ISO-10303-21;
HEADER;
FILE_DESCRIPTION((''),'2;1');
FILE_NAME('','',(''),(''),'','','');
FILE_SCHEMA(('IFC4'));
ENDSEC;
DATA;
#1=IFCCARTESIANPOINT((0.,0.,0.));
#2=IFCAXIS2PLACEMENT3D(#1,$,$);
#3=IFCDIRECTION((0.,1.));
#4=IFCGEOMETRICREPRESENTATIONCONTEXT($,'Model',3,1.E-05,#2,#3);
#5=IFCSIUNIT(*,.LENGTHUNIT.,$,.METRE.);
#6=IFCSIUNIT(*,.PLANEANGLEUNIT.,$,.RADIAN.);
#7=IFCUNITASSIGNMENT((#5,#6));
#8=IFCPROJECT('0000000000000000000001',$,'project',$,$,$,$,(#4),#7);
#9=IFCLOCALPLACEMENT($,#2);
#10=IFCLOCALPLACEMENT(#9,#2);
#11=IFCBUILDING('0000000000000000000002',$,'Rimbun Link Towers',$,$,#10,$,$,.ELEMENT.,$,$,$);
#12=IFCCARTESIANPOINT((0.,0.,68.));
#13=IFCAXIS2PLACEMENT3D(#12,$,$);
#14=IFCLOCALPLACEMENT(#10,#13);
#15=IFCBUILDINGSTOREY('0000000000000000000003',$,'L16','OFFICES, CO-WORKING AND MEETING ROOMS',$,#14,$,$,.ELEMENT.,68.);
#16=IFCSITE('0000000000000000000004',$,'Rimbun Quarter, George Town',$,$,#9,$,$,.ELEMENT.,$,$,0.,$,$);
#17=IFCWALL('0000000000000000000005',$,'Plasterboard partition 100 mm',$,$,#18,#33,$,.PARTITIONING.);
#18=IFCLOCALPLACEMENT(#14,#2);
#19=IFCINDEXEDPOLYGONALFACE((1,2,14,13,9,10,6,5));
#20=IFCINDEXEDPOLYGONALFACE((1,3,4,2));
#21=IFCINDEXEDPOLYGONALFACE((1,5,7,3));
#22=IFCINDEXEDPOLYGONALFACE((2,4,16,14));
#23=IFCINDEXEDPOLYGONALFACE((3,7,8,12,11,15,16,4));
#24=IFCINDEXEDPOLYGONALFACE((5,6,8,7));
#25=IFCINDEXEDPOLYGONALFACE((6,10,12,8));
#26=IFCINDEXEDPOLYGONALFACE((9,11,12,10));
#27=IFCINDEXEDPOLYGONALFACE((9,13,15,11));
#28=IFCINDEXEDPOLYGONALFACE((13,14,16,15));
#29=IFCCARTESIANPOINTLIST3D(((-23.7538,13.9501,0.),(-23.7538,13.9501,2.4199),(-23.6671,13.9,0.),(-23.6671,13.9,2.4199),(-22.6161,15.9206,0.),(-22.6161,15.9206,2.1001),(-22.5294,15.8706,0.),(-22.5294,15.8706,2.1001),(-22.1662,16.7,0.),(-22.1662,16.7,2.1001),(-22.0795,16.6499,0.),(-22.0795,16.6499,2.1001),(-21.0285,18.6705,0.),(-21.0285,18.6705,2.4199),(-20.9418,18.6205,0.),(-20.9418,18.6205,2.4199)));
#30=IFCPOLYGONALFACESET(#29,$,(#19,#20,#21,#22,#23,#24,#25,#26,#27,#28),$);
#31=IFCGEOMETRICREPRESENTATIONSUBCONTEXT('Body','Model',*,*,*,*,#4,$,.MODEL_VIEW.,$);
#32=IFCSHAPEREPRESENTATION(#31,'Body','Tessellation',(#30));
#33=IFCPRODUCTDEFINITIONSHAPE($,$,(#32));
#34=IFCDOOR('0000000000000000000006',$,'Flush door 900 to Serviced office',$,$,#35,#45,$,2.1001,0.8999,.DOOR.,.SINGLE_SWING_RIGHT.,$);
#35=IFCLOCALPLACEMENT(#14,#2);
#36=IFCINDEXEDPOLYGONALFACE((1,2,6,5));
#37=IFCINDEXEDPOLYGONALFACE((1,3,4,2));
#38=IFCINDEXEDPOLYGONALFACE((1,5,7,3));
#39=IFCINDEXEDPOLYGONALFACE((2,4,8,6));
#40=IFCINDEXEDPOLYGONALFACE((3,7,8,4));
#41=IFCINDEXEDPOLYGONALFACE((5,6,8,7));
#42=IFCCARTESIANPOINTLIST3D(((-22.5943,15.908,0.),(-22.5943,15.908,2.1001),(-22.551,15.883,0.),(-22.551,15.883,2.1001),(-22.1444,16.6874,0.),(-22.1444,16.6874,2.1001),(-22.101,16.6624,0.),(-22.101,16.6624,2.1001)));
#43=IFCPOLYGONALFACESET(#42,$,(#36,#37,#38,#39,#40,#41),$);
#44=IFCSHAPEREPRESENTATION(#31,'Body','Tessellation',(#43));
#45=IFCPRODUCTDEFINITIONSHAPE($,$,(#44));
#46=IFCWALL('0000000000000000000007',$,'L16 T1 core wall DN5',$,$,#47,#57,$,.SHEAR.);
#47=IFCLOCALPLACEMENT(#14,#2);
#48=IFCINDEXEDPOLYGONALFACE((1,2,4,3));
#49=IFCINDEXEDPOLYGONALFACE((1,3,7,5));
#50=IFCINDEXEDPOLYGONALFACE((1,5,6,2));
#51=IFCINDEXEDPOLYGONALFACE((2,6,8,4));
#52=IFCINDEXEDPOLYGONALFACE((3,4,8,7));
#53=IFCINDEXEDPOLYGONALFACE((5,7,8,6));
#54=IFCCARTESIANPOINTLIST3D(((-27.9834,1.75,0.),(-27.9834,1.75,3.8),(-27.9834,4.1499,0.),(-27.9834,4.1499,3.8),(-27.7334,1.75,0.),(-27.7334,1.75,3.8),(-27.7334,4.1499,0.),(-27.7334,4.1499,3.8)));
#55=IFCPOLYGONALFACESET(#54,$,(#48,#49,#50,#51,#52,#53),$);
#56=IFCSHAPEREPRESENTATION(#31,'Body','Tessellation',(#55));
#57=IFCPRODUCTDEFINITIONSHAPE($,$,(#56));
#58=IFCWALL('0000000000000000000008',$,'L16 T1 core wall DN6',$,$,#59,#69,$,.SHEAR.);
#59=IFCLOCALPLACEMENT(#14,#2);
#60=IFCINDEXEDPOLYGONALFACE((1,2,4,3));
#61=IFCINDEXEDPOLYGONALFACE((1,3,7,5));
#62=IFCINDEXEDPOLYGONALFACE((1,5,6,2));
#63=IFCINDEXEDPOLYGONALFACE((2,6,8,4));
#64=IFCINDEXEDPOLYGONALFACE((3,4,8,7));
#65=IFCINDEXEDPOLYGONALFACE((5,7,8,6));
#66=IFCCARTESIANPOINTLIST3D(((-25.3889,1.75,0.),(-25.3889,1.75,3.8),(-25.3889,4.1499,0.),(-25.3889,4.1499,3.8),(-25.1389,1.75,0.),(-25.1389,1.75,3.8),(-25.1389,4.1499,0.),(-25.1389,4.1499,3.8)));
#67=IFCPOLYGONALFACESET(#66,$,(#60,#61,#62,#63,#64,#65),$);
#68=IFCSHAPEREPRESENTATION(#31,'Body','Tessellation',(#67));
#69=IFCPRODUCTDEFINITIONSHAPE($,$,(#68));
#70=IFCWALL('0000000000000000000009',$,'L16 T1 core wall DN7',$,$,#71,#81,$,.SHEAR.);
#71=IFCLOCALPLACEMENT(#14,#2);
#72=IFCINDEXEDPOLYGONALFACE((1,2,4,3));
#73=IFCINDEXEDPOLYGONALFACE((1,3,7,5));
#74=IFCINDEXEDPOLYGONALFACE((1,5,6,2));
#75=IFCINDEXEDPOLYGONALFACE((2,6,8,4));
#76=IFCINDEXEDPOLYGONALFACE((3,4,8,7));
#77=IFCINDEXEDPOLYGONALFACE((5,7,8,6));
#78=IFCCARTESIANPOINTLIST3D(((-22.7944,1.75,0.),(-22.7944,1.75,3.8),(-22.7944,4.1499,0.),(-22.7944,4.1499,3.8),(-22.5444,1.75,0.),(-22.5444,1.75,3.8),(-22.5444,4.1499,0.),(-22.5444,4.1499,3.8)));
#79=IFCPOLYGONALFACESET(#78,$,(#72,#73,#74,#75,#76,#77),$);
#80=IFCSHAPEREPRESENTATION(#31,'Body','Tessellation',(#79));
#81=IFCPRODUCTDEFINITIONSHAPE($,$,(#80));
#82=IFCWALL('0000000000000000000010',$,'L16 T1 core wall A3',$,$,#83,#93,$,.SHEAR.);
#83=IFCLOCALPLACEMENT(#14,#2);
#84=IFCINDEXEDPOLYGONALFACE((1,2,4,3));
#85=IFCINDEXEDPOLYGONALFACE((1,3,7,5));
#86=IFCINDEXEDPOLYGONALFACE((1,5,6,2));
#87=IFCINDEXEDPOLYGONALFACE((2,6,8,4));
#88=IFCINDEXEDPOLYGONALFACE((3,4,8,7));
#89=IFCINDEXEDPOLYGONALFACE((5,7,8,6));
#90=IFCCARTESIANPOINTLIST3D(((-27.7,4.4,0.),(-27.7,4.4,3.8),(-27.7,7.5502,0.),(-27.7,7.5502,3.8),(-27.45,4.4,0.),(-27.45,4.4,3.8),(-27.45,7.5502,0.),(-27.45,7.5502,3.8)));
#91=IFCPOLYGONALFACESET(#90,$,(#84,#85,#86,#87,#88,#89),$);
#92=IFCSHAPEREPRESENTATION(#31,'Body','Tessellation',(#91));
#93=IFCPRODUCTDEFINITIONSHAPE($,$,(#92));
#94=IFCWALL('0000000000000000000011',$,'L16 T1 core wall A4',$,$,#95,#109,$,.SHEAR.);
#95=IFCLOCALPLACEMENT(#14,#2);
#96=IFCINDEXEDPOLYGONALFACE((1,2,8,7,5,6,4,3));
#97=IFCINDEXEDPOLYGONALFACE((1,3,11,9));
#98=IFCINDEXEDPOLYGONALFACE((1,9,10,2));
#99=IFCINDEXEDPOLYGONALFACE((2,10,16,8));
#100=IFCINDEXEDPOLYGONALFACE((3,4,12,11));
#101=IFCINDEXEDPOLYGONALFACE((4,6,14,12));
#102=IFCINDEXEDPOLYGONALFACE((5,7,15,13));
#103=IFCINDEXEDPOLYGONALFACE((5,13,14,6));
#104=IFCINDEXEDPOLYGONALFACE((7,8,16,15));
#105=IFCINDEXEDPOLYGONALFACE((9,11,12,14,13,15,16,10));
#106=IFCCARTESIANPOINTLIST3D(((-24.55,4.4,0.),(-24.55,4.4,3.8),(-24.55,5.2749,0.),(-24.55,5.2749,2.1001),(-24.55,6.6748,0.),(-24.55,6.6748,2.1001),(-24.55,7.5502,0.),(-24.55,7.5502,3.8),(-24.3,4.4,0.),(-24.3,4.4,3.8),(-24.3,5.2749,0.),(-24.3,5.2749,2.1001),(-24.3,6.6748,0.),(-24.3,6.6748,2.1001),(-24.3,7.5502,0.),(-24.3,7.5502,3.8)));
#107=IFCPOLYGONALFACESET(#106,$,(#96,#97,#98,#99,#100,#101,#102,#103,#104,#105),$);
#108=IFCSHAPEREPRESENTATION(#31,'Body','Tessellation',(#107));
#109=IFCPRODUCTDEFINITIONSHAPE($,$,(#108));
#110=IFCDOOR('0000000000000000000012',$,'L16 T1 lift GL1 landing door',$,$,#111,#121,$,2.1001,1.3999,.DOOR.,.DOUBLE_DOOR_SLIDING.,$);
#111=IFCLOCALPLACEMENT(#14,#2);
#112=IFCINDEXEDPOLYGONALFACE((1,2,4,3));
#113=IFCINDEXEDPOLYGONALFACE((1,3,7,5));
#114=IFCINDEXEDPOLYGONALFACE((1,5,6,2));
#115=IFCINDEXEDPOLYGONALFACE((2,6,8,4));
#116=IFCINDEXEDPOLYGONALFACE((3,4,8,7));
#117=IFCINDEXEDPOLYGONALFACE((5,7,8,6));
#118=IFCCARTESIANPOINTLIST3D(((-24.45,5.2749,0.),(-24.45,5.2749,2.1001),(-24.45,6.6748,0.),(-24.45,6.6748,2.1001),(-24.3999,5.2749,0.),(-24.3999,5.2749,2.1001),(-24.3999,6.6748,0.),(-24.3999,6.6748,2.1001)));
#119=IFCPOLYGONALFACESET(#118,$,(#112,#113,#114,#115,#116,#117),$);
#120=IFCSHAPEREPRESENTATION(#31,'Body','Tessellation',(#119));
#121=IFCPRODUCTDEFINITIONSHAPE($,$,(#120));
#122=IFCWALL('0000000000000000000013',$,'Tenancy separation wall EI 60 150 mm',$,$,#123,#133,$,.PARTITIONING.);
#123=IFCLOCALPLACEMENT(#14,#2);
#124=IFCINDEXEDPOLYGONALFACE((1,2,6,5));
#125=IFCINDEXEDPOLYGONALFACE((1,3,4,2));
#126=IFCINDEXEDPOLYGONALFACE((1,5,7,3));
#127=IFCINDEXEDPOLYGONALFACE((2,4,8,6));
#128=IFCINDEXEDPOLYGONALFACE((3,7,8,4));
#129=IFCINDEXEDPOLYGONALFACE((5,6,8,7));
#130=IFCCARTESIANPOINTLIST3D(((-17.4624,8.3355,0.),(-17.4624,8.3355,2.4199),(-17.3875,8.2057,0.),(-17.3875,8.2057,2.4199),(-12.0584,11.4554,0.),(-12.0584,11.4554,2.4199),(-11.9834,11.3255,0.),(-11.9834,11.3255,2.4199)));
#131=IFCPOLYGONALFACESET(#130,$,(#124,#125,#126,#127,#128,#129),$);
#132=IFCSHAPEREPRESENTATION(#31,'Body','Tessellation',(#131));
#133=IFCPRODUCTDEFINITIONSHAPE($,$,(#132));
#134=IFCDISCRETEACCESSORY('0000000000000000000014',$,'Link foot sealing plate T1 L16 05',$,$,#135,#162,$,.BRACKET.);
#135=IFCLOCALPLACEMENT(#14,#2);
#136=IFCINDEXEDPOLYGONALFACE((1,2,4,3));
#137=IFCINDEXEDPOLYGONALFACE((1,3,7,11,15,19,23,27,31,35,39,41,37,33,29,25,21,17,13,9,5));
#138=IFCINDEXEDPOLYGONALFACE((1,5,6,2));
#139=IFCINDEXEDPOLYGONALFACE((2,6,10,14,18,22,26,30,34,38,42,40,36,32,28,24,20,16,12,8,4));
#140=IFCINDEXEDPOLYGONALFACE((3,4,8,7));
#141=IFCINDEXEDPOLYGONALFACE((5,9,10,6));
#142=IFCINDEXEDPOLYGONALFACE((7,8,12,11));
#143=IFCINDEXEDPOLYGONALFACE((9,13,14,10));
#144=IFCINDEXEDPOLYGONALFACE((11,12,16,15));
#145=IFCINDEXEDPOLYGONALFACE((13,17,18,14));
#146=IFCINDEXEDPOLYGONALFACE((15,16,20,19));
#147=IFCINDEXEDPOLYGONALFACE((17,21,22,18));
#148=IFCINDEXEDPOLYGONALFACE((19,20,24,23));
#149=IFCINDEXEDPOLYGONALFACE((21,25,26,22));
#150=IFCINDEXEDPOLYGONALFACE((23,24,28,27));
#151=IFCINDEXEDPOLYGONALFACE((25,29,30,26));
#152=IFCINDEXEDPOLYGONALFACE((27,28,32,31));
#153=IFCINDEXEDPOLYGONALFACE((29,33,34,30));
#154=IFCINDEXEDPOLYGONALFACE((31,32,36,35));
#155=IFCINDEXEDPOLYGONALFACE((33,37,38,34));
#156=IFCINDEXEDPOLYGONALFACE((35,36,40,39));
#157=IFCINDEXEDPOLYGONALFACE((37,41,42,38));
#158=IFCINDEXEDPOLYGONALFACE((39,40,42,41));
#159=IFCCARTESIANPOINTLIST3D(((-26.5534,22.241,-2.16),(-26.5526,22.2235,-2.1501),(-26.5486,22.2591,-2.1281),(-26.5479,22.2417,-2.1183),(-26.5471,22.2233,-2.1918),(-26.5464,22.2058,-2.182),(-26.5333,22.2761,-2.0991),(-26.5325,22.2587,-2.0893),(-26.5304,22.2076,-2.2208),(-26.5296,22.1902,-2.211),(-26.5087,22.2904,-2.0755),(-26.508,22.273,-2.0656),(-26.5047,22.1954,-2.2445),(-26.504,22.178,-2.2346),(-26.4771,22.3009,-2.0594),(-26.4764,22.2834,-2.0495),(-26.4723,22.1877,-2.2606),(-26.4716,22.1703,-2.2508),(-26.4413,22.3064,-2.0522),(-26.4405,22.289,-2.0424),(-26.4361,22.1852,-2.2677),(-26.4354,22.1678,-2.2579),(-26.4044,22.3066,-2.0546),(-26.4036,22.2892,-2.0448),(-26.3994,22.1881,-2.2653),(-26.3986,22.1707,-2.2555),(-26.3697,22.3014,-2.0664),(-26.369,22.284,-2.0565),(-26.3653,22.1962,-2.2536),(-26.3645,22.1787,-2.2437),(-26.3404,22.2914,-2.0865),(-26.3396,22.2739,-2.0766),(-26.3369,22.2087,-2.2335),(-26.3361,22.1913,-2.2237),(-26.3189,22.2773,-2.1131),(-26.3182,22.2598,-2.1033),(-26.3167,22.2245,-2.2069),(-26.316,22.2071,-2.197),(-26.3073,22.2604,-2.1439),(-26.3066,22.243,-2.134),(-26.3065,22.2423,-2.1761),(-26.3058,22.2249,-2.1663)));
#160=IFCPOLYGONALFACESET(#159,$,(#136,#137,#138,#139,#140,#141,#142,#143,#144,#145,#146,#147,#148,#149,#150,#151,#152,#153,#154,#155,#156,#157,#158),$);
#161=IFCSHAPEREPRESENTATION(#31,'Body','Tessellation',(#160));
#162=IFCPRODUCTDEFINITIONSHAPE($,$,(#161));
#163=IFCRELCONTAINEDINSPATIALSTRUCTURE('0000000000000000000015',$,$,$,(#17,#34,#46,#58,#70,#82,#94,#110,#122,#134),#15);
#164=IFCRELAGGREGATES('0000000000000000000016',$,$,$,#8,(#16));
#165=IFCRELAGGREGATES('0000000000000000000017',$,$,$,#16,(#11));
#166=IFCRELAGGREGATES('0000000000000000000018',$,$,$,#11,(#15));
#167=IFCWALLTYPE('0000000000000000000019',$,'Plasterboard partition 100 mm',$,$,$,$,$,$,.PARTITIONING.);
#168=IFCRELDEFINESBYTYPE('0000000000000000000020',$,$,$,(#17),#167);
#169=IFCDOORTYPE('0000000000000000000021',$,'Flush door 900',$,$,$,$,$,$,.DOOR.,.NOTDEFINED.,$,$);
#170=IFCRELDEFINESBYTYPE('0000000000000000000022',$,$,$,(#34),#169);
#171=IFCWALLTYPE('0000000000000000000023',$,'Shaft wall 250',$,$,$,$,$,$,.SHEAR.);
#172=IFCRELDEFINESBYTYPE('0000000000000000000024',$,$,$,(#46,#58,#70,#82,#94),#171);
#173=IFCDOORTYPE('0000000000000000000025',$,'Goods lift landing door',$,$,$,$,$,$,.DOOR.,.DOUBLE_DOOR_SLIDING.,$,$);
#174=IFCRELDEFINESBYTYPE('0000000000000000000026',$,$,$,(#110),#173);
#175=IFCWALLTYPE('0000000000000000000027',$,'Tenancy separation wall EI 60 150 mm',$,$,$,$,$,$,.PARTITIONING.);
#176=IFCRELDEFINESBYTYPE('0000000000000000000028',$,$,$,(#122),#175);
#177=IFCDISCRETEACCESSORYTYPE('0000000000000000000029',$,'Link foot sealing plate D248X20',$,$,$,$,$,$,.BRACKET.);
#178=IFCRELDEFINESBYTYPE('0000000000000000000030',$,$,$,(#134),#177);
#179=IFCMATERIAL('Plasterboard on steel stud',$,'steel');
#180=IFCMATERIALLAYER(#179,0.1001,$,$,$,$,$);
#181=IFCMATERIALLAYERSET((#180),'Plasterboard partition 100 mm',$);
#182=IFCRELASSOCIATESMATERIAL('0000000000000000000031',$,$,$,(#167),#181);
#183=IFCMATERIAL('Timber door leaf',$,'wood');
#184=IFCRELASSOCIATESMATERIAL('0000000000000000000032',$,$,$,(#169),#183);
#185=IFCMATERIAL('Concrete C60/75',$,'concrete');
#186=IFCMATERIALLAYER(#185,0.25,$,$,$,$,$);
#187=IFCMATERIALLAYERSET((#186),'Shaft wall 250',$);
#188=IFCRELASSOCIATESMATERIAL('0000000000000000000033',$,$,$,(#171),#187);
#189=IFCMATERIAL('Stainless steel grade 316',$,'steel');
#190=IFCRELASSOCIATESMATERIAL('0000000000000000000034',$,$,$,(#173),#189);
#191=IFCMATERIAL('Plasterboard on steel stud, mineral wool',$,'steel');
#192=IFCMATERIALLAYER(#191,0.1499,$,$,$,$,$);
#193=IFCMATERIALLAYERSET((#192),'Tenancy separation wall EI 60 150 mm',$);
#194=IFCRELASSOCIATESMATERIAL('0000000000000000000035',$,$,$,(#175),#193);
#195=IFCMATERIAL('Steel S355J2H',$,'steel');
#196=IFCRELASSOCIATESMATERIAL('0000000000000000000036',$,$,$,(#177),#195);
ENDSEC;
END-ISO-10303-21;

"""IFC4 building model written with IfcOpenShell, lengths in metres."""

from ifc_helpers import new_model, si_unit, direction, frame, frame_2d, origin, origin_2d, place, context, subcontext, project, spatial, rectangle, circle, extrude, material, layer, layer_set, material_profile, profile_set, type_object, element, fill, save


model = new_model("IFC4")

# Units and contexts
model_context = context("Model", 3, precision=1e-05, world=origin(), true_north=direction((0.0, 1.0)))
body_context = subcontext(model_context, "Body", "Model", "MODEL_VIEW")
ifc_project = project(units=[si_unit("LENGTHUNIT", "METRE"), si_unit("PLANEANGLEUNIT", "RADIAN")], contexts=[model_context])

# Site, building, storey
site_placement = place(None, origin())
site = spatial("IfcSite", under=ifc_project, at=site_placement, Name="Rimbun Quarter, George Town", CompositionType="ELEMENT", RefElevation=0.0)
building_placement = place(site_placement, origin())
building = spatial("IfcBuilding", under=site, at=building_placement, Name="Rimbun Link Towers", CompositionType="ELEMENT")
storey_placement = place(building_placement, frame((0.0, 0.0, 68.0)))
storey = spatial("IfcBuildingStorey", under=building, at=storey_placement, Name="L16", Description="OFFICES, CO-WORKING AND MEETING ROOMS", CompositionType="ELEMENT", Elevation=68.0)

# Shared definitions
ifc_material_1 = material(Name="Plasterboard on steel stud", Category="steel")
ifc_layer_1 = layer(ifc_material_1, 0.1001)
ifc_layer_set_1 = layer_set([ifc_layer_1], Name="Plasterboard partition 100 mm")
wall_type_1 = type_object("IfcWallType", Name="Plasterboard partition 100 mm", PredefinedType="PARTITIONING", material=ifc_layer_set_1)

# Wall, opening, door
wall_1_placement = place(storey_placement, frame((-23.7104, 13.925, 0.0), z_axis=(0.0, 0.0, 1.0), x_axis=(0.499998, 0.866027, 0.0)))
wall_1 = element("IfcWall", 1, at=wall_1_placement, inside=storey, type_object=wall_type_1, Name="Plasterboard partition 100 mm", PredefinedType="PARTITIONING", context=body_context, shape_type="SweptSolid", body=[
    extrude(rectangle(XDim=5.4507, YDim=0.1001, at=frame_2d((2.7253, 0.0))), origin(), (0.0, 0.0, 1.0), 2.4199),
])
opening_1_placement = place(wall_1_placement, frame((2.2754, 0.0, 0.0)))
opening_1 = element("IfcOpeningElement", 2, at=opening_1_placement, cuts=wall_1, PredefinedType="OPENING", context=body_context, shape_type="SweptSolid", body=[
    extrude(rectangle(XDim=0.8999, YDim=2.1001, at=frame_2d((0.45, 1.05))), frame((0.0, 0.0601, 0.0), z_axis=(0.0, -1.0, 0.0), x_axis=(1.0, 0.0, 0.0)), (0.0, 0.0, 1.0), 0.1201),
])
ifc_material_2 = material(Name="Timber door leaf", Category="wood")
door_type_1 = type_object("IfcDoorType", Name="Flush door 900", OperationType="NOTDEFINED", PredefinedType="DOOR", material=ifc_material_2)
door_1_placement = place(opening_1_placement, origin())
door_1 = element("IfcDoor", 3, at=door_1_placement, inside=storey, type_object=door_type_1, Name="Flush door 900 to Serviced office", OperationType="SINGLE_SWING_RIGHT", OverallHeight=2.1001, OverallWidth=0.8999, PredefinedType="DOOR", context=body_context, shape_type="SweptSolid", body=[
    extrude(rectangle(XDim=0.8999, YDim=2.1001, at=frame_2d((0.45, 1.05))), frame((0.0, 0.0249, 0.0), z_axis=(0.0, -1.0, 0.0), x_axis=(1.0, 0.0, 0.0)), (0.0, 0.0, 1.0), 0.05),
])
fill(opening_1, door_1)

# Walls
ifc_material_3 = material(Name="Concrete C60/75", Category="concrete")
ifc_layer_2 = layer(ifc_material_3, 0.25)
ifc_layer_set_2 = layer_set([ifc_layer_2], Name="Shaft wall 250")
wall_type_2 = type_object("IfcWallType", Name="Shaft wall 250", PredefinedType="SHEAR", material=ifc_layer_set_2)
for number, where, z_axis, x_axis, name in (
    (4, (-27.8584, 1.75, 0.0), (0.0, 0.0, 1.0), (0.0, 1.0, 0.0), "L16 T1 core wall DN5"),
    (5, (-25.2639, 1.75, 0.0), (0.0, 0.0, 1.0), (0.0, 1.0, 0.0), "L16 T1 core wall DN6"),
    (6, (-22.6694, 1.75, 0.0), (0.0, 0.0, 1.0), (0.0, 1.0, 0.0), "L16 T1 core wall DN7"),
):
    element("IfcWall", number, at=place(storey_placement, frame(where, z_axis=z_axis, x_axis=x_axis)), inside=storey, type_object=wall_type_2, Name=name, PredefinedType="SHEAR", context=body_context, shape_type="SweptSolid", body=[
        extrude(rectangle(XDim=2.3999, YDim=0.25, at=frame_2d((1.2, 0.0))), origin(), (0.0, 0.0, 1.0), 3.8),
    ])
wall_2_placement = place(storey_placement, frame((-27.575, 4.3999, 0.0), z_axis=(0.0, 0.0, 1.0), x_axis=(0.0, 1.0, 0.0)))
element("IfcWall", 7, at=wall_2_placement, inside=storey, type_object=wall_type_2, Name="L16 T1 core wall A3", PredefinedType="SHEAR", context=body_context, shape_type="SweptSolid", body=[
    extrude(rectangle(XDim=3.1501, YDim=0.25, at=frame_2d((1.5752, 0.0))), origin(), (0.0, 0.0, 1.0), 3.8),
])

# Wall, opening, door
wall_3_placement = place(storey_placement, frame((-24.425, 4.3999, 0.0), z_axis=(0.0, 0.0, 1.0), x_axis=(0.0, 1.0, 0.0)))
wall_3 = element("IfcWall", 8, at=wall_3_placement, inside=storey, type_object=wall_type_2, Name="L16 T1 core wall A4", PredefinedType="SHEAR", context=body_context, shape_type="SweptSolid", body=[
    extrude(rectangle(XDim=3.1501, YDim=0.25, at=frame_2d((1.5752, 0.0))), origin(), (0.0, 0.0, 1.0), 3.8),
])
opening_2_placement = place(wall_3_placement, frame((0.875, 0.0, 0.0)))
opening_2 = element("IfcOpeningElement", 9, at=opening_2_placement, cuts=wall_3, PredefinedType="OPENING", context=body_context, shape_type="SweptSolid", body=[
    extrude(rectangle(XDim=1.3999, YDim=2.1001, at=frame_2d((0.7, 1.05))), frame((0.0, 0.135, 0.0), z_axis=(0.0, -1.0, 0.0), x_axis=(1.0, 0.0, 0.0)), (0.0, 0.0, 1.0), 0.27),
])
ifc_material_4 = material(Name="Stainless steel grade 316", Category="steel")
door_type_2 = type_object("IfcDoorType", Name="Goods lift landing door", OperationType="DOUBLE_DOOR_SLIDING", PredefinedType="DOOR", material=ifc_material_4)
door_2_placement = place(opening_2_placement, origin())
door_2 = element("IfcDoor", 10, at=door_2_placement, inside=storey, type_object=door_type_2, Name="L16 T1 lift GL1 landing door", OperationType="DOUBLE_DOOR_SLIDING", OverallHeight=2.1001, OverallWidth=1.3999, PredefinedType="DOOR", context=body_context, shape_type="SweptSolid", body=[
    extrude(rectangle(XDim=1.3999, YDim=2.1001, at=frame_2d((0.7, 1.05))), frame((0.0, 0.0249, 0.0), z_axis=(0.0, -1.0, 0.0), x_axis=(1.0, 0.0, 0.0)), (0.0, 0.0, 1.0), 0.05),
])
fill(opening_2, door_2)

# Wall
ifc_material_5 = material(Name="Plasterboard on steel stud, mineral wool", Category="steel")
ifc_layer_3 = layer(ifc_material_5, 0.1499)
ifc_layer_set_3 = layer_set([ifc_layer_3], Name="Tenancy separation wall EI 60 150 mm")
wall_type_3 = type_object("IfcWallType", Name="Tenancy separation wall EI 60 150 mm", PredefinedType="PARTITIONING", material=ifc_layer_set_3)
wall_4_placement = place(storey_placement, frame((-17.425, 8.2705, 0.0), z_axis=(0.0, 0.0, 1.0), x_axis=(0.866036, 0.499981, 0.0)))
element("IfcWall", 11, at=wall_4_placement, inside=storey, type_object=wall_type_3, Name="Tenancy separation wall EI 60 150 mm", PredefinedType="PARTITIONING", context=body_context, shape_type="SweptSolid", body=[
    extrude(rectangle(XDim=6.24, YDim=0.1499, at=frame_2d((3.1201, 0.0))), origin(), (0.0, 0.0, 1.0), 2.4199),
])

# Discrete accessory
ifc_material_6 = material(Name="Steel S355J2H", Category="steel")
ifc_material_profile_1 = material_profile(ifc_material_6, circle(Radius=0.124, at=origin_2d()), Name="PL D248")
ifc_profile_set_1 = profile_set([ifc_material_profile_1], Name="Steel S355J2H")
discrete_accessory_type = type_object("IfcDiscreteAccessoryType", Name="Link foot sealing plate D248X20", PredefinedType="BRACKET", material=ifc_profile_set_1)
discrete_accessory_placement = place(storey_placement, frame((-26.4287, 22.2288, -2.1501), z_axis=(-0.036788, 0.870658, -0.490511), x_axis=(-0.999109, -0.042216, 0.0)))
element("IfcDiscreteAccessory", 12, at=discrete_accessory_placement, inside=storey, type_object=discrete_accessory_type, Name="Link foot sealing plate T1 L16 05", PredefinedType="BRACKET", context=body_context, shape_type="SweptSolid", body=[
    extrude(circle(Radius=0.124, at=origin_2d()), origin(), (0.0, 0.0, 1.0), 0.02),
])

save(model, "model.ifc")
